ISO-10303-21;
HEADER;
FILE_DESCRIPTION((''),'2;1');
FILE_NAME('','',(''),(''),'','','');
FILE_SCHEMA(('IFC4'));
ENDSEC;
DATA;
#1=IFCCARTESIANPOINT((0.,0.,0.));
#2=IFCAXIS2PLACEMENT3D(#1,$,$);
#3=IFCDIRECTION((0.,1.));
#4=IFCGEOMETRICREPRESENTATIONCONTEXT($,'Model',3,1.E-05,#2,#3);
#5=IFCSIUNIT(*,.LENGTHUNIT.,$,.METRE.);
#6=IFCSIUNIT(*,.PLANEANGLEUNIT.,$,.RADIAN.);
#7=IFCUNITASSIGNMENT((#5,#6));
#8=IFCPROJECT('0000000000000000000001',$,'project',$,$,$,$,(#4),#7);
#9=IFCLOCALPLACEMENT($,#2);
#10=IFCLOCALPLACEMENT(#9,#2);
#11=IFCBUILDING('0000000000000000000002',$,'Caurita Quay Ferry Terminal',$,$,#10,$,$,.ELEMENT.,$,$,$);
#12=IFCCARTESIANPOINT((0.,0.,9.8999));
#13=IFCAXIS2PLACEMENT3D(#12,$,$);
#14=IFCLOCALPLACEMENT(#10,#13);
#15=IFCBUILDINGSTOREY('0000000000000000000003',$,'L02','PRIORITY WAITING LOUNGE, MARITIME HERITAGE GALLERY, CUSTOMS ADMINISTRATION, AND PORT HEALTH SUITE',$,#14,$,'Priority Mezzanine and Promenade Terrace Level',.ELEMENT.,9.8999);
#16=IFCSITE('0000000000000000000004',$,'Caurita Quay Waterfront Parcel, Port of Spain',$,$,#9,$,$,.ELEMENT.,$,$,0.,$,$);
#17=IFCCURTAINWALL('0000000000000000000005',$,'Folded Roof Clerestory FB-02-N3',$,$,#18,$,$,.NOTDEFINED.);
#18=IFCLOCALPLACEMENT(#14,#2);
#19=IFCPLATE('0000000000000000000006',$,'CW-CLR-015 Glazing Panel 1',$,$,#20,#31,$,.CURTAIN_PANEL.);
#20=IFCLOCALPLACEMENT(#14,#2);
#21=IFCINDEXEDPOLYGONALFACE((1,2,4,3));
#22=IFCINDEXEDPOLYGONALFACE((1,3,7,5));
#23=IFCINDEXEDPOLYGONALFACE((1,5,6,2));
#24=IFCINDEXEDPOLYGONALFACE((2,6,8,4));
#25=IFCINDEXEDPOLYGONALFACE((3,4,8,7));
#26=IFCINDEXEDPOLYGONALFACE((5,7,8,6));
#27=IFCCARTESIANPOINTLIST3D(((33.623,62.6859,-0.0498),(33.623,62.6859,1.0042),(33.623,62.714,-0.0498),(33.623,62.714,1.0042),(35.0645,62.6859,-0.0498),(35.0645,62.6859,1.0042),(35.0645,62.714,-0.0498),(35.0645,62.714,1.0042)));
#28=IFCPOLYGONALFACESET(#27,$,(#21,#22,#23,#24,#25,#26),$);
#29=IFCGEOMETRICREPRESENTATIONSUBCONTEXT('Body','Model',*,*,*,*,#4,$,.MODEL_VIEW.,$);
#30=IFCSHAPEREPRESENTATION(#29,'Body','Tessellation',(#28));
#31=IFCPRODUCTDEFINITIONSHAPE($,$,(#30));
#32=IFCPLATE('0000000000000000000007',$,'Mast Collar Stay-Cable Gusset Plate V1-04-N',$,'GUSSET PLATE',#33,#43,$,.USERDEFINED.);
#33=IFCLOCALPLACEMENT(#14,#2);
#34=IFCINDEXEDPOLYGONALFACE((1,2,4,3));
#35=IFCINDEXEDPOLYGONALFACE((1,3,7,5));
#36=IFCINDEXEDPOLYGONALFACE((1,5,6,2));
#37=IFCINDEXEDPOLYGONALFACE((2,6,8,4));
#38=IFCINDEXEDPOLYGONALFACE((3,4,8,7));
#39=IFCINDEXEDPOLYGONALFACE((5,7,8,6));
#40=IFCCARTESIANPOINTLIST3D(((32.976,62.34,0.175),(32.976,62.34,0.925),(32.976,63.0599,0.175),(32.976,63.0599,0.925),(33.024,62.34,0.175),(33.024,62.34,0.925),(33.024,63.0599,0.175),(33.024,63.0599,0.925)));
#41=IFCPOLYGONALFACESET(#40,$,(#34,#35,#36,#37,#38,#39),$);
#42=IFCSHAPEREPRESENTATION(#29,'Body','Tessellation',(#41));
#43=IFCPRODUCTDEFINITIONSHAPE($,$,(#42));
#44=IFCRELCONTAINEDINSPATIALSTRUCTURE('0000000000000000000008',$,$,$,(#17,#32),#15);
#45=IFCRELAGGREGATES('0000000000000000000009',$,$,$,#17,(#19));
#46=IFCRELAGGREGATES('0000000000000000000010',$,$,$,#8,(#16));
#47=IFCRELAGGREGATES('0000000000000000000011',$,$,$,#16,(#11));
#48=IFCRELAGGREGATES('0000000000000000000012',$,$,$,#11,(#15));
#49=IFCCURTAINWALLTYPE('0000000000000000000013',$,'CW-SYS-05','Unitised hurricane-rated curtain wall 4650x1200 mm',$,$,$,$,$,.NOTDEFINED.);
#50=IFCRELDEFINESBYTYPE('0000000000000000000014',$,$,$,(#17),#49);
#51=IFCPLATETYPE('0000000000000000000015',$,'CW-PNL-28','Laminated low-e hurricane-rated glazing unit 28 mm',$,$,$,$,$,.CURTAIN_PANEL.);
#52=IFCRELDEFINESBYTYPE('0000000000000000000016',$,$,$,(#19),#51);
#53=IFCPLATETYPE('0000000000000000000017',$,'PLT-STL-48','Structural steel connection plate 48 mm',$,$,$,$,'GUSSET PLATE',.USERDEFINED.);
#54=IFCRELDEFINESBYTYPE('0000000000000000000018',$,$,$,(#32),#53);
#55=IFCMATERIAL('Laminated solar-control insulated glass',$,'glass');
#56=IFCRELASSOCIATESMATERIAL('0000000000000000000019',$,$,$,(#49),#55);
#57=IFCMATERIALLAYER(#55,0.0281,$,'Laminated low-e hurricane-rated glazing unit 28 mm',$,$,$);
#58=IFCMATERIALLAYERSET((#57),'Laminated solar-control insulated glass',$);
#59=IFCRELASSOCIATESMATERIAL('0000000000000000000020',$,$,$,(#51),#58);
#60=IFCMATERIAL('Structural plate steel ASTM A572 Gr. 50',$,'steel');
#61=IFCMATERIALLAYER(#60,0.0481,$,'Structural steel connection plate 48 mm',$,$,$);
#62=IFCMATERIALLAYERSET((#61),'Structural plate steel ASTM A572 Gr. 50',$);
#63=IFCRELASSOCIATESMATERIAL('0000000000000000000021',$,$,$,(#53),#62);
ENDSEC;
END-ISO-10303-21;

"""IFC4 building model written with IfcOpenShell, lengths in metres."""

from ifc_helpers import new_model, si_unit, direction, frame, origin, origin_2d, place, context, subcontext, project, spatial, rectangle, extrude, material, layer, layer_set, type_object, element, aggregate, save


model = new_model("IFC4")

# Units and contexts
model_context = context("Model", 3, precision=1e-05, world=origin(), true_north=direction((0.0, 1.0)))
body_context = subcontext(model_context, "Body", "Model", "MODEL_VIEW")
ifc_project = project(units=[si_unit("LENGTHUNIT", "METRE"), si_unit("PLANEANGLEUNIT", "RADIAN")], contexts=[model_context])

# Site, building, storey
site_placement = place(None, origin())
site = spatial("IfcSite", under=ifc_project, at=site_placement, Name="Caurita Quay Waterfront Parcel, Port of Spain", CompositionType="ELEMENT", RefElevation=0.0)
building_placement = place(site_placement, origin())
building = spatial("IfcBuilding", under=site, at=building_placement, Name="Caurita Quay Ferry Terminal", CompositionType="ELEMENT")
storey_placement = place(building_placement, frame((0.0, 0.0, 9.8999)))
storey = spatial("IfcBuildingStorey", under=building, at=storey_placement, Name="L02", Description="PRIORITY WAITING LOUNGE, MARITIME HERITAGE GALLERY, CUSTOMS ADMINISTRATION, AND PORT HEALTH SUITE", LongName="Priority Mezzanine and Promenade Terrace Level", CompositionType="ELEMENT", Elevation=9.8999)

# Curtain wall
ifc_material_1 = material(Name="Laminated solar-control insulated glass", Category="glass")
curtain_wall_type_1 = type_object("IfcCurtainWallType", Name="CW-SYS-05", Description="Unitised hurricane-rated curtain wall 4650x1200 mm", PredefinedType="NOTDEFINED", material=ifc_material_1)
curtain_wall_1_placement = place(storey_placement, origin())
curtain_wall_1 = element("IfcCurtainWall", 1, at=curtain_wall_1_placement, inside=storey, type_object=curtain_wall_type_1, Name="Folded Roof Clerestory FB-02-N3", PredefinedType="NOTDEFINED")

# Plates
ifc_layer_1 = layer(ifc_material_1, 0.0281, Name="Laminated low-e hurricane-rated glazing unit 28 mm")
ifc_layer_set_1 = layer_set([ifc_layer_1], Name="Laminated solar-control insulated glass")
plate_type_1 = type_object("IfcPlateType", Name="CW-PNL-28", Description="Laminated low-e hurricane-rated glazing unit 28 mm", PredefinedType="CURTAIN_PANEL", material=ifc_layer_set_1)
plate_1_placement = place(storey_placement, frame((34.3438, 62.7, -0.0498), z_axis=(0.0, 0.0, 1.0), x_axis=(1.0, 0.0, 0.0)))
plate_1 = element("IfcPlate", 2, at=plate_1_placement, type_object=plate_type_1, Name="CW-CLR-015 Glazing Panel 1", PredefinedType="CURTAIN_PANEL", context=body_context, shape_type="SweptSolid", body=[
    extrude(rectangle(XDim=1.4414, YDim=0.0281, at=origin_2d()), origin(), (0.0, 0.0, 1.0), 1.054),
])
aggregate(curtain_wall_1, [plate_1])
ifc_material_2 = material(Name="Structural plate steel ASTM A572 Gr. 50", Category="steel")
ifc_layer_2 = layer(ifc_material_2, 0.0481, Name="Structural steel connection plate 48 mm")
ifc_layer_set_2 = layer_set([ifc_layer_2], Name="Structural plate steel ASTM A572 Gr. 50")
plate_type_2 = type_object("IfcPlateType", Name="PLT-STL-48", Description="Structural steel connection plate 48 mm", ElementType="GUSSET PLATE", PredefinedType="USERDEFINED", material=ifc_layer_set_2)
plate_2_placement = place(storey_placement, frame((33.0, 62.7, 0.175), z_axis=(0.0, 0.0, 1.0), x_axis=(1.0, 0.0, 0.0)))
element("IfcPlate", 3, at=plate_2_placement, inside=storey, type_object=plate_type_2, Name="Mast Collar Stay-Cable Gusset Plate V1-04-N", ObjectType="GUSSET PLATE", PredefinedType="USERDEFINED", context=body_context, shape_type="SweptSolid", body=[
    extrude(rectangle(XDim=0.0481, YDim=0.72, at=origin_2d()), origin(), (0.0, 0.0, 1.0), 0.75),
])

save(model, "model.ifc")
